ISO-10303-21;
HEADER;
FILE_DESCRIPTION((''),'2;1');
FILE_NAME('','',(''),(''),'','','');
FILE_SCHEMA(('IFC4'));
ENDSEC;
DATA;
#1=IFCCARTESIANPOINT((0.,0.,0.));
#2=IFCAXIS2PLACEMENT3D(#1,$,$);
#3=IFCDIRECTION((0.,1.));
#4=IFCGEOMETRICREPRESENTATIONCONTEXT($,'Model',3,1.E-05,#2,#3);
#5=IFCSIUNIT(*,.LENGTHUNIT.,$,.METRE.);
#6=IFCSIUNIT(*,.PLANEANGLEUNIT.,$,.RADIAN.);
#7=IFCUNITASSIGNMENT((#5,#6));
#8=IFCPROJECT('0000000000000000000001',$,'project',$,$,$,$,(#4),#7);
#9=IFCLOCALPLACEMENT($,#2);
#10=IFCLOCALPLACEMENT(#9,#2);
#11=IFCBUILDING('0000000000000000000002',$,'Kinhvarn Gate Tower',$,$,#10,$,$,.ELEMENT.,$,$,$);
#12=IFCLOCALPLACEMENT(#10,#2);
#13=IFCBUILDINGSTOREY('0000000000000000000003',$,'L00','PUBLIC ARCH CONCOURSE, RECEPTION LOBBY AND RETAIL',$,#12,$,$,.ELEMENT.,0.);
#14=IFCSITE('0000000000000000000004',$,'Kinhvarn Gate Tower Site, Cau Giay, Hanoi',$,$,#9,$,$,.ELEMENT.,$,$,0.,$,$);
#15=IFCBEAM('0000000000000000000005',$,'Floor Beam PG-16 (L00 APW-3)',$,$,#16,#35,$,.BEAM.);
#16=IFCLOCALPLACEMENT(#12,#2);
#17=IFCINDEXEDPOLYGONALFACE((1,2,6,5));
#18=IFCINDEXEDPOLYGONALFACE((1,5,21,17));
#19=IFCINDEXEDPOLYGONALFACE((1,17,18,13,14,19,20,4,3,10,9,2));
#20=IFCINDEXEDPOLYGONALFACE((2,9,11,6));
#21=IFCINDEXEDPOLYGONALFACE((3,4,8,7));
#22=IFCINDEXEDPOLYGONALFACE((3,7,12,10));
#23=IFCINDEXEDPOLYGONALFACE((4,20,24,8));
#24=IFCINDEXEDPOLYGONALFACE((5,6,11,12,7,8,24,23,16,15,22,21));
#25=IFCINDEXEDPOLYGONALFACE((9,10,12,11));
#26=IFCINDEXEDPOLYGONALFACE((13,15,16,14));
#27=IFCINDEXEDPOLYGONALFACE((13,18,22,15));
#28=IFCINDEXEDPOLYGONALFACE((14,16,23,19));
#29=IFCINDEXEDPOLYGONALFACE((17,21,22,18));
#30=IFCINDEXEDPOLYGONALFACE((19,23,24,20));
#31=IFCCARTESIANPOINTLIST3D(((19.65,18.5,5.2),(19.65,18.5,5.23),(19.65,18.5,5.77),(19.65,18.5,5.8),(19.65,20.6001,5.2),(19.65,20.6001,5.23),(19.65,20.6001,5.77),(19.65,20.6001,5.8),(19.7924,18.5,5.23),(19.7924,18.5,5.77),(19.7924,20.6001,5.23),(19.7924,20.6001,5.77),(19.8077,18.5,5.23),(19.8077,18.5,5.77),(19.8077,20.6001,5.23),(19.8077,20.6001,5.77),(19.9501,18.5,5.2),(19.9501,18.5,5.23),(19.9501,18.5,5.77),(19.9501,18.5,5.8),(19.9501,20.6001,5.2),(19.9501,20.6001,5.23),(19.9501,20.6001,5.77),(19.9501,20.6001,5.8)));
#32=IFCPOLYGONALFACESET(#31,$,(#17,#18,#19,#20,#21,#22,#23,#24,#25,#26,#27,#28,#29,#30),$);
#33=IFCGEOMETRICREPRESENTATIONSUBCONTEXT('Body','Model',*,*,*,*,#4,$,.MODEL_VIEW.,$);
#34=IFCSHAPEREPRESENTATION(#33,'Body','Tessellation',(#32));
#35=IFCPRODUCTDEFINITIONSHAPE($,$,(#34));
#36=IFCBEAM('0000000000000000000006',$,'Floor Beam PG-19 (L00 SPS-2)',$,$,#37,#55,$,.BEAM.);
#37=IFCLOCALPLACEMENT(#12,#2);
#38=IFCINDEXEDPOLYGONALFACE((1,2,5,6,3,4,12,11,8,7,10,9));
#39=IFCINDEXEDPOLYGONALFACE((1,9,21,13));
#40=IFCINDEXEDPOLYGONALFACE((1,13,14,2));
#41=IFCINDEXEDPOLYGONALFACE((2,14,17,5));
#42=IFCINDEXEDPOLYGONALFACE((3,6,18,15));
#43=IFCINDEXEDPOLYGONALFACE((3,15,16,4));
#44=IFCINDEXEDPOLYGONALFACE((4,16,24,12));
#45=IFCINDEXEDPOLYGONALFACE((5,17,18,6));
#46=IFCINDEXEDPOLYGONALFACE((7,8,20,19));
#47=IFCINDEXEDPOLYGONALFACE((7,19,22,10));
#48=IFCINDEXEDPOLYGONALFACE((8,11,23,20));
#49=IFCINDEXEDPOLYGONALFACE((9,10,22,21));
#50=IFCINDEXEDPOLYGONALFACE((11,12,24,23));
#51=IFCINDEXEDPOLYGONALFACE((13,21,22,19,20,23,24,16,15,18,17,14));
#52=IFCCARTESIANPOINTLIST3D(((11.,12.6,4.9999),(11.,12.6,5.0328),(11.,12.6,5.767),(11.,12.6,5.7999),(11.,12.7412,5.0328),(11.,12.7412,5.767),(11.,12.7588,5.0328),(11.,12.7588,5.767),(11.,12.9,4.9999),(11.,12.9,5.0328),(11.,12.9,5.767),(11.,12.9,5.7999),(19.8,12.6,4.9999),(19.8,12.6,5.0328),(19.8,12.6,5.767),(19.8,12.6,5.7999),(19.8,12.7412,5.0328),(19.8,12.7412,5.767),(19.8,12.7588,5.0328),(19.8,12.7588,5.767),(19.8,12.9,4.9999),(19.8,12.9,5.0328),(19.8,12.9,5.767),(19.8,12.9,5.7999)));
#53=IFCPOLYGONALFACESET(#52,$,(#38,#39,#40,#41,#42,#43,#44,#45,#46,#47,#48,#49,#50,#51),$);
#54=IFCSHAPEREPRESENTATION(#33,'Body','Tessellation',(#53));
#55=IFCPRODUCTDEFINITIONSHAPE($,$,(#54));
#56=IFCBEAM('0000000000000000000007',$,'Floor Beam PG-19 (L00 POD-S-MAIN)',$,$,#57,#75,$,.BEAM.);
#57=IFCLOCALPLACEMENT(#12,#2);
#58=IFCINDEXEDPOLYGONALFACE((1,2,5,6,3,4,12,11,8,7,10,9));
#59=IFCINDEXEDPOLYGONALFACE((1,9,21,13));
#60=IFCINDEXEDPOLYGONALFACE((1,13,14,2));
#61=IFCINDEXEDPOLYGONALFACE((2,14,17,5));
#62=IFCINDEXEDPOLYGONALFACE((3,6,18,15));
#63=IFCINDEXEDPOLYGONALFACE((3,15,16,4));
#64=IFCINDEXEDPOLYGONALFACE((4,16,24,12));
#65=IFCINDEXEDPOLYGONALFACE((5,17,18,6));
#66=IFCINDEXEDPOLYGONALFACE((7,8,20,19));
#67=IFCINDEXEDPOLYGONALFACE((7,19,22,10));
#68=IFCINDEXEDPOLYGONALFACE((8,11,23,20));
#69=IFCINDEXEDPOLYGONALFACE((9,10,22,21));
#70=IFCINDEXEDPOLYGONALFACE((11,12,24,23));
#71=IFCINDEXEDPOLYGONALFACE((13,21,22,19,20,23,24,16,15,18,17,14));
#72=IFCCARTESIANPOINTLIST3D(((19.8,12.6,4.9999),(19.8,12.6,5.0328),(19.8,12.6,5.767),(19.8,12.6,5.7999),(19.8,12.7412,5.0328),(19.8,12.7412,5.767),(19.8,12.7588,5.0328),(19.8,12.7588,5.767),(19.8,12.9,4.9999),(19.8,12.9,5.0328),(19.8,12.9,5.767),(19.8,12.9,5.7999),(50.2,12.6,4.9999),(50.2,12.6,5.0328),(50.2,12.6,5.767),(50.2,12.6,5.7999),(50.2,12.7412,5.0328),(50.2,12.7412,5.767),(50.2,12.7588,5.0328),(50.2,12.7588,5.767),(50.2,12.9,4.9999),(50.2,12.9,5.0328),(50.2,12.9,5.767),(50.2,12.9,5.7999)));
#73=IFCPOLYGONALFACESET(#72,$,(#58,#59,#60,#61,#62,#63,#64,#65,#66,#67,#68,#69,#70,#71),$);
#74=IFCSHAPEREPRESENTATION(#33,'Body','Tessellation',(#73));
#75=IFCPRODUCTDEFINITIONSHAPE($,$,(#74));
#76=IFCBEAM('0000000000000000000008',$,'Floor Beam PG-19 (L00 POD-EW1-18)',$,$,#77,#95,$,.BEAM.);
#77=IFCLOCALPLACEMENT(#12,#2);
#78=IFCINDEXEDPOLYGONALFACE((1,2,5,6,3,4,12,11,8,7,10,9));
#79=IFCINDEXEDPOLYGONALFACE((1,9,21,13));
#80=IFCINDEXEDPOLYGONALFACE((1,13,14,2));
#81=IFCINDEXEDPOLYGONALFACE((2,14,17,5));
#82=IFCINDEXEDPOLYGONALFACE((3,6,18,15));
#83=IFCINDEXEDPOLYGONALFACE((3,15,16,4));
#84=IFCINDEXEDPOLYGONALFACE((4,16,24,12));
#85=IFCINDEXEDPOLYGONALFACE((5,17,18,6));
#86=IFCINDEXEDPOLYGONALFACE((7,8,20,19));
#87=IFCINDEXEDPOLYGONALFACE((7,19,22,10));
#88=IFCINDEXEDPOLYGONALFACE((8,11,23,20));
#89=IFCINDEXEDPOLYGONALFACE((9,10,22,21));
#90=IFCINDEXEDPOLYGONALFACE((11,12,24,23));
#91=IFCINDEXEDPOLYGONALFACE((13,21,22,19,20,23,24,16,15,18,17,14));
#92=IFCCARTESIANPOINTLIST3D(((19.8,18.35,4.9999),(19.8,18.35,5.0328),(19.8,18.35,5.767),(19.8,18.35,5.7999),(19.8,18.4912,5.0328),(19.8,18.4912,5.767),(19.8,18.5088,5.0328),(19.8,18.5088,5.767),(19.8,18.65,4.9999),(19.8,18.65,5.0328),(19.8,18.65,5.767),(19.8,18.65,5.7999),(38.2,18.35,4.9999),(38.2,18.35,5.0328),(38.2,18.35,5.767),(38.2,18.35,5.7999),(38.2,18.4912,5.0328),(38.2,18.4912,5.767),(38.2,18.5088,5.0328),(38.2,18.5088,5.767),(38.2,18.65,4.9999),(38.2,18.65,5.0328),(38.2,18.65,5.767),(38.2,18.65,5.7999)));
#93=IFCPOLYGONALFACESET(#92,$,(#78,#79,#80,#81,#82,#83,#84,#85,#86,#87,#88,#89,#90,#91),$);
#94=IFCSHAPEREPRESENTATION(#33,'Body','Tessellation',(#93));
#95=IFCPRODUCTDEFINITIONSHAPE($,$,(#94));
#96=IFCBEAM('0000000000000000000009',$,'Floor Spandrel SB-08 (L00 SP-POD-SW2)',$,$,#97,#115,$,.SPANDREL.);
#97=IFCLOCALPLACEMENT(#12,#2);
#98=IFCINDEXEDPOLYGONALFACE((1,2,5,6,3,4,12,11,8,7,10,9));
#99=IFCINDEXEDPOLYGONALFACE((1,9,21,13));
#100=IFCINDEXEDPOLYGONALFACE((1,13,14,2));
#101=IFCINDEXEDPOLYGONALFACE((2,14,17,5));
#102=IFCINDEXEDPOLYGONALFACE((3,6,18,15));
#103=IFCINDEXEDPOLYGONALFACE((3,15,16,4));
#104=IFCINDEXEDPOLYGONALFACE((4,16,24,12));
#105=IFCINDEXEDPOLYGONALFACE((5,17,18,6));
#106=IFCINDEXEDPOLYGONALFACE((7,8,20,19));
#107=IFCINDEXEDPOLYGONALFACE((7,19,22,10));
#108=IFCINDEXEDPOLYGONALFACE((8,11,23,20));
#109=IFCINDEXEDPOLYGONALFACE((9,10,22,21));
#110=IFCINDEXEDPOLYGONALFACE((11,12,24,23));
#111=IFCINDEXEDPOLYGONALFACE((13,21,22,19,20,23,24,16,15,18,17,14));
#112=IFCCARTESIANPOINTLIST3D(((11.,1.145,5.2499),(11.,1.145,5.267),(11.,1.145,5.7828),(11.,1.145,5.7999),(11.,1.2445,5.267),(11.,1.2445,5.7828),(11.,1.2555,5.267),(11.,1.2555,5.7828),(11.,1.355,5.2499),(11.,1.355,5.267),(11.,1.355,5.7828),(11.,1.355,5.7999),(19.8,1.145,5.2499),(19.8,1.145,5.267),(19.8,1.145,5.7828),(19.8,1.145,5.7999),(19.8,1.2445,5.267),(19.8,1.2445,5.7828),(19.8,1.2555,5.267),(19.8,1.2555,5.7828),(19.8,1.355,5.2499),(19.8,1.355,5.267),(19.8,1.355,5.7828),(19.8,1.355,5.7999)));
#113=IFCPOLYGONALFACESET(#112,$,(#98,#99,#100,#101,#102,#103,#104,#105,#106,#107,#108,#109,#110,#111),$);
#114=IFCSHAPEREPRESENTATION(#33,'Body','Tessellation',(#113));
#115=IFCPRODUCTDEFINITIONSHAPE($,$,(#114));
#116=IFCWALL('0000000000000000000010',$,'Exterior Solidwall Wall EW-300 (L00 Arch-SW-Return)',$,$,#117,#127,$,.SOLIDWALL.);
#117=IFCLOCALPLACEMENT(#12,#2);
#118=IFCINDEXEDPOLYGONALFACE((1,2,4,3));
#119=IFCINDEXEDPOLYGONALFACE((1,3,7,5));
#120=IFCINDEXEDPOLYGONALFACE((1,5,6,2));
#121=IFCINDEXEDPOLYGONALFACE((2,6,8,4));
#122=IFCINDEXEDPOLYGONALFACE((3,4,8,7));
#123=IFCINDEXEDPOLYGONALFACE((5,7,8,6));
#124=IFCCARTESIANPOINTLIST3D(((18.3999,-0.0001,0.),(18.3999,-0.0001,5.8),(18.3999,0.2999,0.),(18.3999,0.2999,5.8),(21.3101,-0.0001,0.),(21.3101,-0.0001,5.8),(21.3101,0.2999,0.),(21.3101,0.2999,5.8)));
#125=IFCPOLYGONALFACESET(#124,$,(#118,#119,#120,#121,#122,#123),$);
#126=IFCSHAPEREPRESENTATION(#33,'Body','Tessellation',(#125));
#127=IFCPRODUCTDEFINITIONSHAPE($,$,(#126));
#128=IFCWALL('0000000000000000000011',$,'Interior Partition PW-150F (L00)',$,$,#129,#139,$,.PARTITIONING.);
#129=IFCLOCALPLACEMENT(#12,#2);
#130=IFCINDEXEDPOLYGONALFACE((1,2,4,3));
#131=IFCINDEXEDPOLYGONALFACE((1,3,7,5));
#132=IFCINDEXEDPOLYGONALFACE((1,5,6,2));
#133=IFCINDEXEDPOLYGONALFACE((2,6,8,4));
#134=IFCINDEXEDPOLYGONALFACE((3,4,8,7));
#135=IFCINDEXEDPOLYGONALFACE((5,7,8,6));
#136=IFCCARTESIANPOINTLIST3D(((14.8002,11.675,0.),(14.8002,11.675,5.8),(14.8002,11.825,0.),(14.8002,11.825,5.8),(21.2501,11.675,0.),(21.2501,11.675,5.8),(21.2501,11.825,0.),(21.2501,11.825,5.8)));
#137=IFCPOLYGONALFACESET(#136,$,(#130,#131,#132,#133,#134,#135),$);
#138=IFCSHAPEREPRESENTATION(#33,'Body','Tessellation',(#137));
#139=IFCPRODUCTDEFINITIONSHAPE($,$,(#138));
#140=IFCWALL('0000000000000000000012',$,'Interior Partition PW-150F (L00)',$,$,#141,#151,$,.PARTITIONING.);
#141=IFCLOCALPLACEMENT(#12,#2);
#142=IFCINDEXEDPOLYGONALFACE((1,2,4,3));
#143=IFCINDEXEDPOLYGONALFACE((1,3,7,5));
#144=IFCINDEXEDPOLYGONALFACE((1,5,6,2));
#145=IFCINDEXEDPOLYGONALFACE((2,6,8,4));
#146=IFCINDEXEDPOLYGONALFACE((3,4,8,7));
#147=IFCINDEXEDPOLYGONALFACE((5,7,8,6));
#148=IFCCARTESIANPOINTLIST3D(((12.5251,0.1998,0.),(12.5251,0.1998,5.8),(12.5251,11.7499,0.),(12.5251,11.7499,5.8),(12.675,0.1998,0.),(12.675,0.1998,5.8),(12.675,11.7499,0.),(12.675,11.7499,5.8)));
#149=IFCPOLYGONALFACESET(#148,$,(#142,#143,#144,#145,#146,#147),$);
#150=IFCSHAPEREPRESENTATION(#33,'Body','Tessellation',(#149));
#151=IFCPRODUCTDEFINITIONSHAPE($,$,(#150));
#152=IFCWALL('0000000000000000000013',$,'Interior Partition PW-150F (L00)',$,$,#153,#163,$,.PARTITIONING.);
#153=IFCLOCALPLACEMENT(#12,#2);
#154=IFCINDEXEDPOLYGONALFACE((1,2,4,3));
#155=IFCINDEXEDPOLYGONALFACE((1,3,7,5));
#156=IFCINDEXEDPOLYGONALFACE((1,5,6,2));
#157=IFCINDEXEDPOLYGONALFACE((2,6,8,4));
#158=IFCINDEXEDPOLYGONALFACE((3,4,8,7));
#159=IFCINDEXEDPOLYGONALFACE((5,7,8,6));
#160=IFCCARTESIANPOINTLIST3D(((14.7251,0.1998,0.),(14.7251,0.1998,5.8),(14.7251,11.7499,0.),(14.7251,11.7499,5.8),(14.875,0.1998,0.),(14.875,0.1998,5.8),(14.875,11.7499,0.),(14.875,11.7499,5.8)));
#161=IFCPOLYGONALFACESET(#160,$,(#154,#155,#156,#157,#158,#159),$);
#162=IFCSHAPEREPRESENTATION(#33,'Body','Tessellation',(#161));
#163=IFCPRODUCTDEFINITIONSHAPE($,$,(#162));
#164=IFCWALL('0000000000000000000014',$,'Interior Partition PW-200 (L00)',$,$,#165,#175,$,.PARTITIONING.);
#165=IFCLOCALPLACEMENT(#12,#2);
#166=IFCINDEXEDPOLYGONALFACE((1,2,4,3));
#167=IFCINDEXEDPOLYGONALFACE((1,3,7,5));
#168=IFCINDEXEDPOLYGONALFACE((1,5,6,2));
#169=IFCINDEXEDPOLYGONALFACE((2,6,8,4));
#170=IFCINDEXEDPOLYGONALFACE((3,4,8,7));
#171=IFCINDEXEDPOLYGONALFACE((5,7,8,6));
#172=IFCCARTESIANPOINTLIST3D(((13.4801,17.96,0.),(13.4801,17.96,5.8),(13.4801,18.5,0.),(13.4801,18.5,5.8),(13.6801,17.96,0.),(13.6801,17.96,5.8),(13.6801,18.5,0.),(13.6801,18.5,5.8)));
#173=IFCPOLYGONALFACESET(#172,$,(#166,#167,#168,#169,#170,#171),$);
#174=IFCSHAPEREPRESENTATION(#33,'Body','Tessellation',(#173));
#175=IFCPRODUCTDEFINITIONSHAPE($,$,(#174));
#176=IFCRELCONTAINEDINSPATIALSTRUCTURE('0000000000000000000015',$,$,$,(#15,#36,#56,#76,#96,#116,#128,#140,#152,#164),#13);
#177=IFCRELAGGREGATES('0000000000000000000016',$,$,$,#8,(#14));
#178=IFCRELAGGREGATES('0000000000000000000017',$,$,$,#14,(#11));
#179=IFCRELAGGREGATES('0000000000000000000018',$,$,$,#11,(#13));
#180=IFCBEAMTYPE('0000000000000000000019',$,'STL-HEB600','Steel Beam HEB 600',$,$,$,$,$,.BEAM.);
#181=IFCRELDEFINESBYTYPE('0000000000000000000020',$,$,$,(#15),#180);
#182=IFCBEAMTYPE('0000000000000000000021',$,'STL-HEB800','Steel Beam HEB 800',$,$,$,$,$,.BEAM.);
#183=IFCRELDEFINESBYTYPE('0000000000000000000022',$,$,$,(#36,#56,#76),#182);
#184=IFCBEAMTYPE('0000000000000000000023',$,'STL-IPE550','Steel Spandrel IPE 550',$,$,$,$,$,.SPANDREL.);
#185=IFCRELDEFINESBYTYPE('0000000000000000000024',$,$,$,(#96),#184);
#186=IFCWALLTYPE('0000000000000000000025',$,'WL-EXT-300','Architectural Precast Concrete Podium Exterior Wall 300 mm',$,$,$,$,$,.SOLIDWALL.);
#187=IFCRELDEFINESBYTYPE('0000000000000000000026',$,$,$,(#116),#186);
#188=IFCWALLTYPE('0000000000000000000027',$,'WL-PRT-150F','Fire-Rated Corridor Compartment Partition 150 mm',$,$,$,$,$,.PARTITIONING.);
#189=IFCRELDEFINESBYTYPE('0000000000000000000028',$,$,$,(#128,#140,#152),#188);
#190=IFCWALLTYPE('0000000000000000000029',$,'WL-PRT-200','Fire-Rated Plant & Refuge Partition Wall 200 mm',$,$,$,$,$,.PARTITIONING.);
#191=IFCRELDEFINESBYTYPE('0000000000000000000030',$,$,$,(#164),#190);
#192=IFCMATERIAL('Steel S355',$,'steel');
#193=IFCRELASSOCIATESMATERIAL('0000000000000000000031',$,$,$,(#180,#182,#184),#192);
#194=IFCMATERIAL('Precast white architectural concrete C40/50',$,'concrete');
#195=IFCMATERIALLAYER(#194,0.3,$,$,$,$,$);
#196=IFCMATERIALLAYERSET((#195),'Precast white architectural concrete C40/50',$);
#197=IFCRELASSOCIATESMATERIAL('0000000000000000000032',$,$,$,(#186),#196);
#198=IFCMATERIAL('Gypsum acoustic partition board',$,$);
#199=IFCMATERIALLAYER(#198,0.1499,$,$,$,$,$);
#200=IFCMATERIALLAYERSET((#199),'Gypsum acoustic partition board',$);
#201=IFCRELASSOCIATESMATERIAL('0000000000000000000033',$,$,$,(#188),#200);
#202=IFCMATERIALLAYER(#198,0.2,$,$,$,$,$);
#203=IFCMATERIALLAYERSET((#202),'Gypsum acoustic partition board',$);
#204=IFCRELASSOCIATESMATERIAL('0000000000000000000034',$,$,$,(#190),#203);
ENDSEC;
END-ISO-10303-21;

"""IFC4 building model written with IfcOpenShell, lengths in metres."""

from ifc_helpers import new_model, si_unit, direction, frame, frame_2d, origin, origin_2d, place, context, subcontext, project, spatial, rectangle, i_section, extrude, material, layer, layer_set, material_profile, profile_set, type_object, element, save


model = new_model("IFC4")

# Units and contexts
model_context = context("Model", 3, precision=1e-05, world=origin(), true_north=direction((0.0, 1.0)))
body_context = subcontext(model_context, "Body", "Model", "MODEL_VIEW")
ifc_project = project(units=[si_unit("LENGTHUNIT", "METRE"), si_unit("PLANEANGLEUNIT", "RADIAN")], contexts=[model_context])

# Site, building, storey
site_placement = place(None, origin())
site = spatial("IfcSite", under=ifc_project, at=site_placement, Name="Kinhvarn Gate Tower Site, Cau Giay, Hanoi", CompositionType="ELEMENT", RefElevation=0.0)
building_placement = place(site_placement, origin())
building = spatial("IfcBuilding", under=site, at=building_placement, Name="Kinhvarn Gate Tower", CompositionType="ELEMENT")
storey_placement = place(building_placement, origin())
storey = spatial("IfcBuildingStorey", under=building, at=storey_placement, Name="L00", Description="PUBLIC ARCH CONCOURSE, RECEPTION LOBBY AND RETAIL", CompositionType="ELEMENT", Elevation=0.0)

# Beams
ifc_material_1 = material(Name="Steel S355", Category="steel")
ifc_material_profile_1 = material_profile(ifc_material_1, i_section(OverallWidth=0.3, OverallDepth=0.6001, WebThickness=0.0154, FlangeThickness=0.03, at=origin_2d()), Name="HEB 600")
ifc_profile_set_1 = profile_set([ifc_material_profile_1], Name="Steel S355")
beam_type_1 = type_object("IfcBeamType", Name="STL-HEB600", Description="Steel Beam HEB 600", PredefinedType="BEAM", material=ifc_profile_set_1)
beam_1_placement = place(storey_placement, frame((19.8, 18.5, 5.5), z_axis=(0.0, 1.0, 0.0), x_axis=(-1.0, 0.0, 0.0)))
element("IfcBeam", 1, at=beam_1_placement, inside=storey, type_object=beam_type_1, Name="Floor Beam PG-16 (L00 APW-3)", PredefinedType="BEAM", context=body_context, shape_type="SweptSolid", body=[
    extrude(i_section(OverallWidth=0.3, OverallDepth=0.6001, WebThickness=0.0154, FlangeThickness=0.03, at=origin_2d()), origin(), (0.0, 0.0, 1.0), 2.1001),
])
ifc_material_profile_2 = material_profile(ifc_material_1, i_section(OverallWidth=0.3, OverallDepth=0.8, WebThickness=0.0176, FlangeThickness=0.033, at=origin_2d()), Name="HEB 800")
ifc_profile_set_2 = profile_set([ifc_material_profile_2], Name="Steel S355")
beam_type_2 = type_object("IfcBeamType", Name="STL-HEB800", Description="Steel Beam HEB 800", PredefinedType="BEAM", material=ifc_profile_set_2)
beam_2_placement = place(storey_placement, frame((11.0, 12.75, 5.3999), z_axis=(1.0, 0.0, 0.0), x_axis=(0.0, 1.0, 0.0)))
element("IfcBeam", 2, at=beam_2_placement, inside=storey, type_object=beam_type_2, Name="Floor Beam PG-19 (L00 SPS-2)", PredefinedType="BEAM", context=body_context, shape_type="SweptSolid", body=[
    extrude(i_section(OverallWidth=0.3, OverallDepth=0.8, WebThickness=0.0176, FlangeThickness=0.033, at=origin_2d()), origin(), (0.0, 0.0, 1.0), 8.8),
])
beam_3_placement = place(storey_placement, frame((19.8, 12.75, 5.3999), z_axis=(1.0, 0.0, 0.0), x_axis=(0.0, 1.0, 0.0)))
element("IfcBeam", 3, at=beam_3_placement, inside=storey, type_object=beam_type_2, Name="Floor Beam PG-19 (L00 POD-S-MAIN)", PredefinedType="BEAM", context=body_context, shape_type="SweptSolid", body=[
    extrude(i_section(OverallWidth=0.3, OverallDepth=0.8, WebThickness=0.0176, FlangeThickness=0.033, at=origin_2d()), origin(), (0.0, 0.0, 1.0), 30.3999),
])
beam_4_placement = place(storey_placement, frame((19.8, 18.5, 5.3999), z_axis=(1.0, 0.0, 0.0), x_axis=(0.0, 1.0, 0.0)))
element("IfcBeam", 4, at=beam_4_placement, inside=storey, type_object=beam_type_2, Name="Floor Beam PG-19 (L00 POD-EW1-18)", PredefinedType="BEAM", context=body_context, shape_type="SweptSolid", body=[
    extrude(i_section(OverallWidth=0.3, OverallDepth=0.8, WebThickness=0.0176, FlangeThickness=0.033, at=origin_2d()), origin(), (0.0, 0.0, 1.0), 18.3999),
])
ifc_material_profile_3 = material_profile(ifc_material_1, i_section(OverallWidth=0.21, OverallDepth=0.55, WebThickness=0.011, FlangeThickness=0.0171, at=origin_2d()), Name="IPE 550")
ifc_profile_set_3 = profile_set([ifc_material_profile_3], Name="Steel S355")
beam_type_3 = type_object("IfcBeamType", Name="STL-IPE550", Description="Steel Spandrel IPE 550", PredefinedType="SPANDREL", material=ifc_profile_set_3)
beam_5_placement = place(storey_placement, frame((11.0, 1.25, 5.5249), z_axis=(1.0, 0.0, 0.0), x_axis=(0.0, 1.0, 0.0)))
element("IfcBeam", 5, at=beam_5_placement, inside=storey, type_object=beam_type_3, Name="Floor Spandrel SB-08 (L00 SP-POD-SW2)", PredefinedType="SPANDREL", context=body_context, shape_type="SweptSolid", body=[
    extrude(i_section(OverallWidth=0.21, OverallDepth=0.55, WebThickness=0.011, FlangeThickness=0.0171, at=origin_2d()), origin(), (0.0, 0.0, 1.0), 8.8),
])

# Walls
ifc_material_2 = material(Name="Precast white architectural concrete C40/50", Category="concrete")
ifc_layer_1 = layer(ifc_material_2, 0.3)
ifc_layer_set_1 = layer_set([ifc_layer_1], Name="Precast white architectural concrete C40/50")
wall_type_1 = type_object("IfcWallType", Name="WL-EXT-300", Description="Architectural Precast Concrete Podium Exterior Wall 300 mm", PredefinedType="SOLIDWALL", material=ifc_layer_set_1)
wall_1_placement = place(storey_placement, frame((18.3999, 0.1499, 0.0), z_axis=(0.0, 0.0, 1.0), x_axis=(1.0, 0.0, 0.0)))
element("IfcWall", 6, at=wall_1_placement, inside=storey, type_object=wall_type_1, Name="Exterior Solidwall Wall EW-300 (L00 Arch-SW-Return)", PredefinedType="SOLIDWALL", context=body_context, shape_type="SweptSolid", body=[
    extrude(rectangle(XDim=2.9102, YDim=0.3, at=frame_2d((1.4551, 0.0))), origin(), (0.0, 0.0, 1.0), 5.8),
])
ifc_material_3 = material(Name="Gypsum acoustic partition board")
ifc_layer_2 = layer(ifc_material_3, 0.1499)
ifc_layer_set_2 = layer_set([ifc_layer_2], Name="Gypsum acoustic partition board")
wall_type_2 = type_object("IfcWallType", Name="WL-PRT-150F", Description="Fire-Rated Corridor Compartment Partition 150 mm", PredefinedType="PARTITIONING", material=ifc_layer_set_2)
wall_2_placement = place(storey_placement, frame((14.8, 11.75, 0.0), z_axis=(0.0, 0.0, 1.0), x_axis=(1.0, 0.0, 0.0)))
element("IfcWall", 7, at=wall_2_placement, inside=storey, type_object=wall_type_2, Name="Interior Partition PW-150F (L00)", PredefinedType="PARTITIONING", context=body_context, shape_type="SweptSolid", body=[
    extrude(rectangle(XDim=6.45, YDim=0.1499, at=frame_2d((3.2251, 0.0))), origin(), (0.0, 0.0, 1.0), 5.8),
])
for number, where, z_axis, x_axis, name in (
    (8, (12.6001, 0.2, 0.0), (0.0, 0.0, 1.0), (0.0, 1.0, 0.0), "Interior Partition PW-150F (L00)"),
    (9, (14.8, 0.2, 0.0), (0.0, 0.0, 1.0), (0.0, 1.0, 0.0), "Interior Partition PW-150F (L00)"),
):
    element("IfcWall", number, at=place(storey_placement, frame(where, z_axis=z_axis, x_axis=x_axis)), inside=storey, type_object=wall_type_2, Name=name, PredefinedType="PARTITIONING", context=body_context, shape_type="SweptSolid", body=[
        extrude(rectangle(XDim=11.55, YDim=0.1499, at=frame_2d((5.7749, 0.0))), origin(), (0.0, 0.0, 1.0), 5.8),
    ])
ifc_layer_3 = layer(ifc_material_3, 0.2)
ifc_layer_set_3 = layer_set([ifc_layer_3], Name="Gypsum acoustic partition board")
wall_type_3 = type_object("IfcWallType", Name="WL-PRT-200", Description="Fire-Rated Plant & Refuge Partition Wall 200 mm", PredefinedType="PARTITIONING", material=ifc_layer_set_3)
wall_3_placement = place(storey_placement, frame((13.5801, 17.96, 0.0), z_axis=(0.0, 0.0, 1.0), x_axis=(0.0, 1.0, 0.0)))
element("IfcWall", 10, at=wall_3_placement, inside=storey, type_object=wall_type_3, Name="Interior Partition PW-200 (L00)", PredefinedType="PARTITIONING", context=body_context, shape_type="SweptSolid", body=[
    extrude(rectangle(XDim=0.54, YDim=0.2, at=frame_2d((0.27, 0.0))), origin(), (0.0, 0.0, 1.0), 5.8),
])

save(model, "model.ifc")
